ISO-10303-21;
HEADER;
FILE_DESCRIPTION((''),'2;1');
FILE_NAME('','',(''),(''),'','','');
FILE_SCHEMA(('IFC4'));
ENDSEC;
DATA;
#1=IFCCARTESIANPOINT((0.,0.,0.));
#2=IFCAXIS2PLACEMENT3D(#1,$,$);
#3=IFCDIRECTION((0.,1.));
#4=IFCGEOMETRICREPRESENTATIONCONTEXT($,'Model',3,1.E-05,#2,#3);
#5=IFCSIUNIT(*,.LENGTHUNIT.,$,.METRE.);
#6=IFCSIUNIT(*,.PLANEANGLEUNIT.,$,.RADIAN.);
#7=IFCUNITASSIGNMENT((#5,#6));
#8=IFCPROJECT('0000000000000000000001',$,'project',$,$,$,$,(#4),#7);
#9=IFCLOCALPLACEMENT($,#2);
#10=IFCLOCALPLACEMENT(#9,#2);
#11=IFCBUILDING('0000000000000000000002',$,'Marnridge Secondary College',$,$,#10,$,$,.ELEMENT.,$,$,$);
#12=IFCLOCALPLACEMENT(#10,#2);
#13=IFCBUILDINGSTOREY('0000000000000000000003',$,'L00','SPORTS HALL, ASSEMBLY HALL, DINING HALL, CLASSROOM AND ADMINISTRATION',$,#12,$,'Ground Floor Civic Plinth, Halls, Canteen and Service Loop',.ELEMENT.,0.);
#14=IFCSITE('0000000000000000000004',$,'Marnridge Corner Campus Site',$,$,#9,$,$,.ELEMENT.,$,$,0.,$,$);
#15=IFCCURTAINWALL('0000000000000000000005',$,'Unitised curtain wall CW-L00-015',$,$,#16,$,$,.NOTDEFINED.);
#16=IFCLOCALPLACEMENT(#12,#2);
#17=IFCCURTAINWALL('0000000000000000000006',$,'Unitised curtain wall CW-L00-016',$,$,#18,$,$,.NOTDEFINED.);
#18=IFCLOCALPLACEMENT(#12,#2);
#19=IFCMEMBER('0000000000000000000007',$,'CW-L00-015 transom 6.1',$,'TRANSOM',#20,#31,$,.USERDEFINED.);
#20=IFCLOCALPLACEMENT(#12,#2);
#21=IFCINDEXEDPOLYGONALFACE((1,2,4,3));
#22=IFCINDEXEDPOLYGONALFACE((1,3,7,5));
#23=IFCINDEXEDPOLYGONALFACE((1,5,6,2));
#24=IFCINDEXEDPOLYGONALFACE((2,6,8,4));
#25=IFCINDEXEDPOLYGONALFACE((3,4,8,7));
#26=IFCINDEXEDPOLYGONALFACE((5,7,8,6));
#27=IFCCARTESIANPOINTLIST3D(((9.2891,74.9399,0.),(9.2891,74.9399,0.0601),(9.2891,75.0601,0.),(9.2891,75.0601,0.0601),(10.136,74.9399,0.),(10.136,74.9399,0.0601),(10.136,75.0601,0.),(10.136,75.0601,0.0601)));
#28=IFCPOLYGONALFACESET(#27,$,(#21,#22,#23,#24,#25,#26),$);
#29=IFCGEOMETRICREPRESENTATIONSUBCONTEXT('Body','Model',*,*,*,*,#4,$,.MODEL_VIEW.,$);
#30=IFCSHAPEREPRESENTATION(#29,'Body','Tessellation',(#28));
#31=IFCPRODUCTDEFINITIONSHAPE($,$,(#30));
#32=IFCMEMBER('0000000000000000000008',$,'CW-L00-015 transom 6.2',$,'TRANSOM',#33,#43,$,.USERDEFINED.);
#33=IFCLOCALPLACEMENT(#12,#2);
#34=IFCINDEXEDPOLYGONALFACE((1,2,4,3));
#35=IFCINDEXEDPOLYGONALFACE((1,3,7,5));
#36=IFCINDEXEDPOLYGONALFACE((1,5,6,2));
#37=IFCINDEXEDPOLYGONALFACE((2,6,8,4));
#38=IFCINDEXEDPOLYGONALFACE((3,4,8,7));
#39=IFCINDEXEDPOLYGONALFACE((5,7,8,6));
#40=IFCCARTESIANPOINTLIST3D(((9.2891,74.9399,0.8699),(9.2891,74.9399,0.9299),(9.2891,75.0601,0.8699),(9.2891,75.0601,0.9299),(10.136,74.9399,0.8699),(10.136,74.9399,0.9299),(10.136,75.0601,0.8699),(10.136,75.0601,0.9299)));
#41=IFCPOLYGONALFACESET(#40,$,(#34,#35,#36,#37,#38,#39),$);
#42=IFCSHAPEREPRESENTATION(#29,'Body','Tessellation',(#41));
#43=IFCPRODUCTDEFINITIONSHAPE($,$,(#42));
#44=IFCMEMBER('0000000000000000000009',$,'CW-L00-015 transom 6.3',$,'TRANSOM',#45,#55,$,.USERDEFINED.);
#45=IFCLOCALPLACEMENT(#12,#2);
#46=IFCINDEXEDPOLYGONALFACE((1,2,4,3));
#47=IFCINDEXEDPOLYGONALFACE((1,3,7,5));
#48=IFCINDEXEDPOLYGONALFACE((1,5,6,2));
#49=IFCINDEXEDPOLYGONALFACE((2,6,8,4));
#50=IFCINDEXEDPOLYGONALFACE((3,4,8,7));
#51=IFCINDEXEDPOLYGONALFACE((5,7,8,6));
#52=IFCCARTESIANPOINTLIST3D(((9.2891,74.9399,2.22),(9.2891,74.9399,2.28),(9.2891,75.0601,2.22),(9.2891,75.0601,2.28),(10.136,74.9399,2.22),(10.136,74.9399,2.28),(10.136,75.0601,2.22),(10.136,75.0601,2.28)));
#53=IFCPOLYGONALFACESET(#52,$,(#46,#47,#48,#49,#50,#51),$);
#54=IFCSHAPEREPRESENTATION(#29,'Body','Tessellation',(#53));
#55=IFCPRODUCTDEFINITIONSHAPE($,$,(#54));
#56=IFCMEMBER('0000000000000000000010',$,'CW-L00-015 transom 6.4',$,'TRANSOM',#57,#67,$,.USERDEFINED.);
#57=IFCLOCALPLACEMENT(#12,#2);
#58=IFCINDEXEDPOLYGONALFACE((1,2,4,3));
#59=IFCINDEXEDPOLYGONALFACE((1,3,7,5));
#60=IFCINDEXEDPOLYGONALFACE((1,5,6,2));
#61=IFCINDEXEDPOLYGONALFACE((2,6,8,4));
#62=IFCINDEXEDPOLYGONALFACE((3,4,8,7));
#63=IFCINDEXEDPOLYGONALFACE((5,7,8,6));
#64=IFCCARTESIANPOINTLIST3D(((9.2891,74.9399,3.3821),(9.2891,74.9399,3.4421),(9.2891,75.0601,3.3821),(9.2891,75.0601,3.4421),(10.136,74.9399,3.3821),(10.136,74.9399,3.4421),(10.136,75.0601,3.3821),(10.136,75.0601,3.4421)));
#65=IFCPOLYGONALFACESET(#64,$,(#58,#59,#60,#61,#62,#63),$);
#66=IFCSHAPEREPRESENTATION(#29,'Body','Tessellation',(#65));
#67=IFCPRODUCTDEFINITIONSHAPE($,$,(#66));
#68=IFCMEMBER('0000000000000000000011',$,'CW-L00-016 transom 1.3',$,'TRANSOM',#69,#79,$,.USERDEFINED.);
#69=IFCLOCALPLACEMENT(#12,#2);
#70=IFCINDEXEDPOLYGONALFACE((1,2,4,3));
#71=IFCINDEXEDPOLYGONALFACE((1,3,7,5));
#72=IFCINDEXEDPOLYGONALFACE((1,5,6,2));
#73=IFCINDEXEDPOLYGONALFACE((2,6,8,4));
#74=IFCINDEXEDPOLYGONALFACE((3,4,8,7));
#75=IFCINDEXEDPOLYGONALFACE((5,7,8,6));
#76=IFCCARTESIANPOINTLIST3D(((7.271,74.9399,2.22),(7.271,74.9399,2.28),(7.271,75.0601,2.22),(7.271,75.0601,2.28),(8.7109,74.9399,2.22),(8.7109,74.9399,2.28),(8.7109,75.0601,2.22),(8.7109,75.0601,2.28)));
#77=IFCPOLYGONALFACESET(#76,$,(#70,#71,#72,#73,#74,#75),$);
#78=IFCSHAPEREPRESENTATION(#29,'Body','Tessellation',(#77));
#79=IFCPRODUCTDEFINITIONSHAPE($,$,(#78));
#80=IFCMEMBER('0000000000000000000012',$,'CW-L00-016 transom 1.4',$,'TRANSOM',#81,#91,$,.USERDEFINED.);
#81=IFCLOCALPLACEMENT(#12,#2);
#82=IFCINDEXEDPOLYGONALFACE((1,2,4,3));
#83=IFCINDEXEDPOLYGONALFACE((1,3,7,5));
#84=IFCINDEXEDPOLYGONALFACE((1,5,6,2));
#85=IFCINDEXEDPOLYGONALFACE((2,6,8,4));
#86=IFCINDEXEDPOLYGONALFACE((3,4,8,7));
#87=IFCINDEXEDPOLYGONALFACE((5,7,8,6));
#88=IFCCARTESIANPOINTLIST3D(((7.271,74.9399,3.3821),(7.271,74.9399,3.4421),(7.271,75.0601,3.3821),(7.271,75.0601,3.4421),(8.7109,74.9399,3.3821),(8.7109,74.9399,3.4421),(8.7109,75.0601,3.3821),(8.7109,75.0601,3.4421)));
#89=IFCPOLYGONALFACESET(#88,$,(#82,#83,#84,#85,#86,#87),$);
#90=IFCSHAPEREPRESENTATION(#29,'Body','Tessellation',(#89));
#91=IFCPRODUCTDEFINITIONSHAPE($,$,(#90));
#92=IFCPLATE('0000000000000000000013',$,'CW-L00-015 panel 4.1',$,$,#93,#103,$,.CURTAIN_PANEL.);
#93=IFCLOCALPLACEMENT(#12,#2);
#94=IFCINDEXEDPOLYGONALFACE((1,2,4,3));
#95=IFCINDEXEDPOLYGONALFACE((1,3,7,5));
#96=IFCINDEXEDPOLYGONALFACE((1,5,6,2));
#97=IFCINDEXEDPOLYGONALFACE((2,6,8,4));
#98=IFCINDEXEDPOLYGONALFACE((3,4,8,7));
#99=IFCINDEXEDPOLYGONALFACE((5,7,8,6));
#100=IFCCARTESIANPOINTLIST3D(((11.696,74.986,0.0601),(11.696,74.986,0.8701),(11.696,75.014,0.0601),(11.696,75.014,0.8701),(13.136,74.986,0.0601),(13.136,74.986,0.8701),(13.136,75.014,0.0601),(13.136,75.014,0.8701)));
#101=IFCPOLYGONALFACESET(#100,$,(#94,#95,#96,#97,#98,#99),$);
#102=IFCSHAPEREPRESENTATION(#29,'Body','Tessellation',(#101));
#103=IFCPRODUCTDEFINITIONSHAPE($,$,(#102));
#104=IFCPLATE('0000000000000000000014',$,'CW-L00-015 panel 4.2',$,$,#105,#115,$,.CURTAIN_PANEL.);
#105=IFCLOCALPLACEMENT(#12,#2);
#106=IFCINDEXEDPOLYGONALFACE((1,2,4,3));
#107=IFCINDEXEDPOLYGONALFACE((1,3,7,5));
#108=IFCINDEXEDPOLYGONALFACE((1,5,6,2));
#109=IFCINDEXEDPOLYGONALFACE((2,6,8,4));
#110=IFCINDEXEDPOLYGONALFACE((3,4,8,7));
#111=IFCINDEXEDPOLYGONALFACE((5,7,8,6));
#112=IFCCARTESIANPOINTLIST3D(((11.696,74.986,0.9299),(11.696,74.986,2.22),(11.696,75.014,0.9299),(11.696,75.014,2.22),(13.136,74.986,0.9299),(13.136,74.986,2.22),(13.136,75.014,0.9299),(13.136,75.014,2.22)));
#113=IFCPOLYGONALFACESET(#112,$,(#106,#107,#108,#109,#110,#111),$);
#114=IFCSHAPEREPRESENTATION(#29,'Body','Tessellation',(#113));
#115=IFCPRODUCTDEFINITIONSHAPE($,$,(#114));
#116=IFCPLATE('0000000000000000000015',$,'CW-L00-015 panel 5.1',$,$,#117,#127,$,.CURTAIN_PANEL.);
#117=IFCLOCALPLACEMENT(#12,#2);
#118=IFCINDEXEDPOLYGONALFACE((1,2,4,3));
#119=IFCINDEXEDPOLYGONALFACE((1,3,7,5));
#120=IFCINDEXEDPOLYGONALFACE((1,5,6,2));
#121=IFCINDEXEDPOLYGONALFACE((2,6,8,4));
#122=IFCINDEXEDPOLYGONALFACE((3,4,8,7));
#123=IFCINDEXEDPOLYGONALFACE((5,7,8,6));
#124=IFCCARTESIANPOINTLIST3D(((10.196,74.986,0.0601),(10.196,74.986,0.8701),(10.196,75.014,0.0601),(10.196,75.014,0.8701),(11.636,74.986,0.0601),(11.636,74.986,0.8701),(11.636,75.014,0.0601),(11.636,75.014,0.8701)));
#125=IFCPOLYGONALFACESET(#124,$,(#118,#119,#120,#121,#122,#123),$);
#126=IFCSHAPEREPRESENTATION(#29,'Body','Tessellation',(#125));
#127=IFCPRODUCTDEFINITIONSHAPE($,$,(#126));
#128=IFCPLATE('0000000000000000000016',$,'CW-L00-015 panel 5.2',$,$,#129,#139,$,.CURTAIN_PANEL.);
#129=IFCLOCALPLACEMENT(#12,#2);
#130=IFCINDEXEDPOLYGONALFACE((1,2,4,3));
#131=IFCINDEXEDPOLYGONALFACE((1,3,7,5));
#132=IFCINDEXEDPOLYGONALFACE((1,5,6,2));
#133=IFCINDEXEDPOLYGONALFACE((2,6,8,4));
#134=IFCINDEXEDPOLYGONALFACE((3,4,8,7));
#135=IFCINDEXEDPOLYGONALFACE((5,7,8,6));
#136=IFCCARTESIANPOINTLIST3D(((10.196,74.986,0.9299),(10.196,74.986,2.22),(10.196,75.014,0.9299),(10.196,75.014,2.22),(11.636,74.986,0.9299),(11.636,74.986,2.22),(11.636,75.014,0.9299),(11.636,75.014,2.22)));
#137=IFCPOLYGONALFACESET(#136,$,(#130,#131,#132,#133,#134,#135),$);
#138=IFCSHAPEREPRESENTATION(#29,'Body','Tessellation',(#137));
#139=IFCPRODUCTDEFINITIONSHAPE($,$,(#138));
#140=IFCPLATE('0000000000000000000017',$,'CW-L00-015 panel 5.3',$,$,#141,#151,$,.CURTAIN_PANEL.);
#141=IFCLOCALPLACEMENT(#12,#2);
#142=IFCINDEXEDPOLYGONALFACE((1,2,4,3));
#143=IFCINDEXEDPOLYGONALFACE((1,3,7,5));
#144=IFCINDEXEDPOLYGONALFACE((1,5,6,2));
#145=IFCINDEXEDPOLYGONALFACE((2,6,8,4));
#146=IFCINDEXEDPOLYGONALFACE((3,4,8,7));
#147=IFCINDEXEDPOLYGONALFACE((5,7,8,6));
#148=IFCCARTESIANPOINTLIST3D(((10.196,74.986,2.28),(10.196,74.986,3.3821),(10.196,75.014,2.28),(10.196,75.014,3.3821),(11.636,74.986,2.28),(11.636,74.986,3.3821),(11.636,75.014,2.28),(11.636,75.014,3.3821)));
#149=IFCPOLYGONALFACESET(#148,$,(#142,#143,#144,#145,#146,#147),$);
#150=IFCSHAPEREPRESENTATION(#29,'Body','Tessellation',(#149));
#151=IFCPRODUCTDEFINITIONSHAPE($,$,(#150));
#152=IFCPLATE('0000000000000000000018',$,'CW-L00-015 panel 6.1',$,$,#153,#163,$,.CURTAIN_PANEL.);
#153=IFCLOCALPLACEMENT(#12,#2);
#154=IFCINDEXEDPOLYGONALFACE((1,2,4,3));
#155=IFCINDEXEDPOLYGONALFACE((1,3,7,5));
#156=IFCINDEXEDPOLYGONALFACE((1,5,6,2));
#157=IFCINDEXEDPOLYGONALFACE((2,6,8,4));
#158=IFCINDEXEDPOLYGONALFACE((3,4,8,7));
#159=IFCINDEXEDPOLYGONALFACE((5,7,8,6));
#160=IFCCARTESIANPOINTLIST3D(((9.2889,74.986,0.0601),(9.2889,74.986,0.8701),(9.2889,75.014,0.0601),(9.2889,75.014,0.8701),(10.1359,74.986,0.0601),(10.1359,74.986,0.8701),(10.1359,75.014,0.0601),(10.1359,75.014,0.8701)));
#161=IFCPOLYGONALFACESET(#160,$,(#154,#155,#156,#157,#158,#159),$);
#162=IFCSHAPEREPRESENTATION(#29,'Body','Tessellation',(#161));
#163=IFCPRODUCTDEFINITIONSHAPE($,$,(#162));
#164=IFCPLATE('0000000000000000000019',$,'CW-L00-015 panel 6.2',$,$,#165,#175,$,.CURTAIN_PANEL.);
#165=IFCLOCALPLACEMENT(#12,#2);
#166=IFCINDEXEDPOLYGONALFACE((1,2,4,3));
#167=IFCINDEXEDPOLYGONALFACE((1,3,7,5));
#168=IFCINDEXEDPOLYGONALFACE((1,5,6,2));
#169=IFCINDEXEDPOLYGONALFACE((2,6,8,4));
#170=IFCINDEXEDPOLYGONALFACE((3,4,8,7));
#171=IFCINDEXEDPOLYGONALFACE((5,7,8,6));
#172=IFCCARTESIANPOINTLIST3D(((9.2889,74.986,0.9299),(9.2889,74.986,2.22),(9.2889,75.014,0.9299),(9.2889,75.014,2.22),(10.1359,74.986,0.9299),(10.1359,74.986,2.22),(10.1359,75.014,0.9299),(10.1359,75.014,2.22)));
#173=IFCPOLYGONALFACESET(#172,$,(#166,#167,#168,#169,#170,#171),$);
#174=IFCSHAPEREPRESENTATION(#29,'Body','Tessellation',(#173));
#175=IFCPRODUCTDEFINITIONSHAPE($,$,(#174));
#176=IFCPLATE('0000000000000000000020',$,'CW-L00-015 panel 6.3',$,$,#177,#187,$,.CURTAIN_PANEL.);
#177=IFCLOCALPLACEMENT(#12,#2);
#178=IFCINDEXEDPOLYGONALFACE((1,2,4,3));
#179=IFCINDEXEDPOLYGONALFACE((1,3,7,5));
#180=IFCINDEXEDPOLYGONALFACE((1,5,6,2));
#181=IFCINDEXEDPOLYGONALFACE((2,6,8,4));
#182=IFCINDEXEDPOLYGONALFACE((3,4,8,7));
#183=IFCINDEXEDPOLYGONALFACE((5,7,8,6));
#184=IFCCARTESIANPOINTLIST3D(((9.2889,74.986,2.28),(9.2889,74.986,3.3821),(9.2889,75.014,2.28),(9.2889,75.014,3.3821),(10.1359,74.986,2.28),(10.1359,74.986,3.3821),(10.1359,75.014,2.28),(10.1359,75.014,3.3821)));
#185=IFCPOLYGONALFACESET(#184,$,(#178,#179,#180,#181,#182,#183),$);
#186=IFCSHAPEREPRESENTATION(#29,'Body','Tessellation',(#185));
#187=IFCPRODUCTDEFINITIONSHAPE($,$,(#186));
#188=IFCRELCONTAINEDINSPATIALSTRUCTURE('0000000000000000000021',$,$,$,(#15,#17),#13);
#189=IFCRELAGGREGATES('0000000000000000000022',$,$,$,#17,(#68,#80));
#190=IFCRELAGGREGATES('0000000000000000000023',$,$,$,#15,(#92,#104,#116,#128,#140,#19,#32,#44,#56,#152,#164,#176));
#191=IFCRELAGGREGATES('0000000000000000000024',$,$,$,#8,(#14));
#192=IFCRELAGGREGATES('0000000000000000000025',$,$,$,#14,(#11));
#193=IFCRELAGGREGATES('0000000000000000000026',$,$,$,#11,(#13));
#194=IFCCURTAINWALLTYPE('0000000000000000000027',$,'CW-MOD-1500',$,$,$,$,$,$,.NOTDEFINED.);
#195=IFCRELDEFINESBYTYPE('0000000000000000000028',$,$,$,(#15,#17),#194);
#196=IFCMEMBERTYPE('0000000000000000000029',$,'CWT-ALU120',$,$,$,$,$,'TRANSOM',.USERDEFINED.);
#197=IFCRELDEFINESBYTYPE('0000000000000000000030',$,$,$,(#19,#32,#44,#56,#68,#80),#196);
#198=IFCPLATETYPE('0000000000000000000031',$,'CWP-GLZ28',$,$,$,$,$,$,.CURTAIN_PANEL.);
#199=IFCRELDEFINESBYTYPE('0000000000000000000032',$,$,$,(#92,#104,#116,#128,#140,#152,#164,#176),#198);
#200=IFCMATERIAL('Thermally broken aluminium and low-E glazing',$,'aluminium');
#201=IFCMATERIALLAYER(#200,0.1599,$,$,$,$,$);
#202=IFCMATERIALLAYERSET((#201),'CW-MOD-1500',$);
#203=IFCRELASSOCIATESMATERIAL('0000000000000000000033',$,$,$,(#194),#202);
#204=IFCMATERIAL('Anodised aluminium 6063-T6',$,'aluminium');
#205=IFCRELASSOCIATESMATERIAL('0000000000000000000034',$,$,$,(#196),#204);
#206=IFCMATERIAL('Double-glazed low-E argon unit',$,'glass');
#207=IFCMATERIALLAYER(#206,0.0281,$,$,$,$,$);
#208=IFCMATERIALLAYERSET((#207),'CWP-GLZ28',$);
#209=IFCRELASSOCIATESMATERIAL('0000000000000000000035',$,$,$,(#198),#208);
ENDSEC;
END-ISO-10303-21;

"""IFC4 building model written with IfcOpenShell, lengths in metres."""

from ifc_helpers import new_model, si_unit, direction, frame, origin, origin_2d, place, context, subcontext, project, spatial, rectangle, extrude, material, layer, layer_set, material_profile, profile_set, type_object, element, aggregate, save


model = new_model("IFC4")

# Units and contexts
model_context = context("Model", 3, precision=1e-05, world=origin(), true_north=direction((0.0, 1.0)))
body_context = subcontext(model_context, "Body", "Model", "MODEL_VIEW")
ifc_project = project(units=[si_unit("LENGTHUNIT", "METRE"), si_unit("PLANEANGLEUNIT", "RADIAN")], contexts=[model_context])

# Site, building, storey
site_placement = place(None, origin())
site = spatial("IfcSite", under=ifc_project, at=site_placement, Name="Marnridge Corner Campus Site", CompositionType="ELEMENT", RefElevation=0.0)
building_placement = place(site_placement, origin())
building = spatial("IfcBuilding", under=site, at=building_placement, Name="Marnridge Secondary College", CompositionType="ELEMENT")
storey_placement = place(building_placement, origin())
storey = spatial("IfcBuildingStorey", under=building, at=storey_placement, Name="L00", Description="SPORTS HALL, ASSEMBLY HALL, DINING HALL, CLASSROOM AND ADMINISTRATION", LongName="Ground Floor Civic Plinth, Halls, Canteen and Service Loop", CompositionType="ELEMENT", Elevation=0.0)

# Curtain wall
ifc_material_1 = material(Name="Thermally broken aluminium and low-E glazing", Category="aluminium")
ifc_layer_1 = layer(ifc_material_1, 0.1599)
ifc_layer_set_1 = layer_set([ifc_layer_1], Name="CW-MOD-1500")
curtain_wall_type = type_object("IfcCurtainWallType", Name="CW-MOD-1500", PredefinedType="NOTDEFINED", material=ifc_layer_set_1)
curtain_wall_1_placement = place(storey_placement, origin())
curtain_wall_1 = element("IfcCurtainWall", 1, at=curtain_wall_1_placement, inside=storey, type_object=curtain_wall_type, Name="Unitised curtain wall CW-L00-015", PredefinedType="NOTDEFINED")

# Curtain wall
curtain_wall_2_placement = place(storey_placement, origin())
curtain_wall_2 = element("IfcCurtainWall", 2, at=curtain_wall_2_placement, inside=storey, type_object=curtain_wall_type, Name="Unitised curtain wall CW-L00-016", PredefinedType="NOTDEFINED")

# Members
ifc_material_2 = material(Name="Anodised aluminium 6063-T6", Category="aluminium")
ifc_material_profile_1 = material_profile(ifc_material_2, rectangle(XDim=0.0601, YDim=0.1201, at=origin_2d()), Name="ALU 60x120")
ifc_profile_set_1 = profile_set([ifc_material_profile_1], Name="Anodised aluminium 6063-T6")
member_type_1 = type_object("IfcMemberType", Name="CWT-ALU120", ElementType="TRANSOM", PredefinedType="USERDEFINED", material=ifc_profile_set_1)
member_1_placement = place(storey_placement, frame((10.136, 75.0, 0.03), z_axis=(-1.0, 0.0, 0.0), x_axis=(0.0, 0.0, 1.0)))
member_1 = element("IfcMember", 3, at=member_1_placement, type_object=member_type_1, Name="CW-L00-015 transom 6.1", ObjectType="TRANSOM", PredefinedType="USERDEFINED", context=body_context, shape_type="SweptSolid", body=[
    extrude(rectangle(XDim=0.0601, YDim=0.1201, at=origin_2d()), origin(), (0.0, 0.0, 1.0), 0.8469),
])
member_2_placement = place(storey_placement, frame((10.136, 75.0, 0.8999), z_axis=(-1.0, 0.0, 0.0), x_axis=(0.0, 0.0, 1.0)))
member_2 = element("IfcMember", 4, at=member_2_placement, type_object=member_type_1, Name="CW-L00-015 transom 6.2", ObjectType="TRANSOM", PredefinedType="USERDEFINED", context=body_context, shape_type="SweptSolid", body=[
    extrude(rectangle(XDim=0.0601, YDim=0.1201, at=origin_2d()), origin(), (0.0, 0.0, 1.0), 0.8469),
])
member_3_placement = place(storey_placement, frame((10.136, 75.0, 2.25), z_axis=(-1.0, 0.0, 0.0), x_axis=(0.0, 0.0, 1.0)))
member_3 = element("IfcMember", 5, at=member_3_placement, type_object=member_type_1, Name="CW-L00-015 transom 6.3", ObjectType="TRANSOM", PredefinedType="USERDEFINED", context=body_context, shape_type="SweptSolid", body=[
    extrude(rectangle(XDim=0.0601, YDim=0.1201, at=origin_2d()), origin(), (0.0, 0.0, 1.0), 0.8469),
])
member_4_placement = place(storey_placement, frame((10.136, 75.0, 3.4121), z_axis=(-1.0, 0.0, 0.0), x_axis=(0.0, 0.0, 1.0)))
member_4 = element("IfcMember", 6, at=member_4_placement, type_object=member_type_1, Name="CW-L00-015 transom 6.4", ObjectType="TRANSOM", PredefinedType="USERDEFINED", context=body_context, shape_type="SweptSolid", body=[
    extrude(rectangle(XDim=0.0601, YDim=0.1201, at=origin_2d()), origin(), (0.0, 0.0, 1.0), 0.8469),
])
member_5_placement = place(storey_placement, frame((8.7109, 75.0, 2.25), z_axis=(-1.0, 0.0, 0.0), x_axis=(0.0, 0.0, 1.0)))
member_5 = element("IfcMember", 7, at=member_5_placement, type_object=member_type_1, Name="CW-L00-016 transom 1.3", ObjectType="TRANSOM", PredefinedType="USERDEFINED", context=body_context, shape_type="SweptSolid", body=[
    extrude(rectangle(XDim=0.0601, YDim=0.1201, at=origin_2d()), origin(), (0.0, 0.0, 1.0), 1.4399),
])
member_6_placement = place(storey_placement, frame((8.7109, 75.0, 3.4121), z_axis=(-1.0, 0.0, 0.0), x_axis=(0.0, 0.0, 1.0)))
member_6 = element("IfcMember", 8, at=member_6_placement, type_object=member_type_1, Name="CW-L00-016 transom 1.4", ObjectType="TRANSOM", PredefinedType="USERDEFINED", context=body_context, shape_type="SweptSolid", body=[
    extrude(rectangle(XDim=0.0601, YDim=0.1201, at=origin_2d()), origin(), (0.0, 0.0, 1.0), 1.4399),
])
aggregate(curtain_wall_2, [member_5, member_6])

# Plates
ifc_material_3 = material(Name="Double-glazed low-E argon unit", Category="glass")
ifc_layer_2 = layer(ifc_material_3, 0.0281)
ifc_layer_set_2 = layer_set([ifc_layer_2], Name="CWP-GLZ28")
plate_type = type_object("IfcPlateType", Name="CWP-GLZ28", PredefinedType="CURTAIN_PANEL", material=ifc_layer_set_2)
plate_1_placement = place(storey_placement, frame((12.416, 75.0, 0.0601), z_axis=(0.0, 0.0, 1.0), x_axis=(-1.0, 0.0, 0.0)))
plate_1 = element("IfcPlate", 9, at=plate_1_placement, type_object=plate_type, Name="CW-L00-015 panel 4.1", PredefinedType="CURTAIN_PANEL", context=body_context, shape_type="SweptSolid", body=[
    extrude(rectangle(XDim=1.4399, YDim=0.0281, at=origin_2d()), origin(), (0.0, 0.0, 1.0), 0.8101),
])
plate_2_placement = place(storey_placement, frame((12.416, 75.0, 0.9299), z_axis=(0.0, 0.0, 1.0), x_axis=(-1.0, 0.0, 0.0)))
plate_2 = element("IfcPlate", 10, at=plate_2_placement, type_object=plate_type, Name="CW-L00-015 panel 4.2", PredefinedType="CURTAIN_PANEL", context=body_context, shape_type="SweptSolid", body=[
    extrude(rectangle(XDim=1.4399, YDim=0.0281, at=origin_2d()), origin(), (0.0, 0.0, 1.0), 1.29),
])
plate_3_placement = place(storey_placement, frame((10.916, 75.0, 0.0601), z_axis=(0.0, 0.0, 1.0), x_axis=(-1.0, 0.0, 0.0)))
plate_3 = element("IfcPlate", 11, at=plate_3_placement, type_object=plate_type, Name="CW-L00-015 panel 5.1", PredefinedType="CURTAIN_PANEL", context=body_context, shape_type="SweptSolid", body=[
    extrude(rectangle(XDim=1.4399, YDim=0.0281, at=origin_2d()), origin(), (0.0, 0.0, 1.0), 0.8101),
])
plate_4_placement = place(storey_placement, frame((10.916, 75.0, 0.9299), z_axis=(0.0, 0.0, 1.0), x_axis=(-1.0, 0.0, 0.0)))
plate_4 = element("IfcPlate", 12, at=plate_4_placement, type_object=plate_type, Name="CW-L00-015 panel 5.2", PredefinedType="CURTAIN_PANEL", context=body_context, shape_type="SweptSolid", body=[
    extrude(rectangle(XDim=1.4399, YDim=0.0281, at=origin_2d()), origin(), (0.0, 0.0, 1.0), 1.29),
])
plate_5_placement = place(storey_placement, frame((10.916, 75.0, 2.28), z_axis=(0.0, 0.0, 1.0), x_axis=(-1.0, 0.0, 0.0)))
plate_5 = element("IfcPlate", 13, at=plate_5_placement, type_object=plate_type, Name="CW-L00-015 panel 5.3", PredefinedType="CURTAIN_PANEL", context=body_context, shape_type="SweptSolid", body=[
    extrude(rectangle(XDim=1.4399, YDim=0.0281, at=origin_2d()), origin(), (0.0, 0.0, 1.0), 1.1021),
])
plate_6_placement = place(storey_placement, frame((9.7124, 75.0, 0.0601), z_axis=(0.0, 0.0, 1.0), x_axis=(-1.0, 0.0, 0.0)))
plate_6 = element("IfcPlate", 14, at=plate_6_placement, type_object=plate_type, Name="CW-L00-015 panel 6.1", PredefinedType="CURTAIN_PANEL", context=body_context, shape_type="SweptSolid", body=[
    extrude(rectangle(XDim=0.8469, YDim=0.0281, at=origin_2d()), origin(), (0.0, 0.0, 1.0), 0.8101),
])
plate_7_placement = place(storey_placement, frame((9.7124, 75.0, 0.9299), z_axis=(0.0, 0.0, 1.0), x_axis=(-1.0, 0.0, 0.0)))
plate_7 = element("IfcPlate", 15, at=plate_7_placement, type_object=plate_type, Name="CW-L00-015 panel 6.2", PredefinedType="CURTAIN_PANEL", context=body_context, shape_type="SweptSolid", body=[
    extrude(rectangle(XDim=0.8469, YDim=0.0281, at=origin_2d()), origin(), (0.0, 0.0, 1.0), 1.29),
])
plate_8_placement = place(storey_placement, frame((9.7124, 75.0, 2.28), z_axis=(0.0, 0.0, 1.0), x_axis=(-1.0, 0.0, 0.0)))
plate_8 = element("IfcPlate", 16, at=plate_8_placement, type_object=plate_type, Name="CW-L00-015 panel 6.3", PredefinedType="CURTAIN_PANEL", context=body_context, shape_type="SweptSolid", body=[
    extrude(rectangle(XDim=0.8469, YDim=0.0281, at=origin_2d()), origin(), (0.0, 0.0, 1.0), 1.1021),
])
aggregate(curtain_wall_1, [plate_1, plate_2, plate_3, plate_4, plate_5, member_1, member_2, member_3, member_4, plate_6, plate_7, plate_8])

save(model, "model.ifc")
